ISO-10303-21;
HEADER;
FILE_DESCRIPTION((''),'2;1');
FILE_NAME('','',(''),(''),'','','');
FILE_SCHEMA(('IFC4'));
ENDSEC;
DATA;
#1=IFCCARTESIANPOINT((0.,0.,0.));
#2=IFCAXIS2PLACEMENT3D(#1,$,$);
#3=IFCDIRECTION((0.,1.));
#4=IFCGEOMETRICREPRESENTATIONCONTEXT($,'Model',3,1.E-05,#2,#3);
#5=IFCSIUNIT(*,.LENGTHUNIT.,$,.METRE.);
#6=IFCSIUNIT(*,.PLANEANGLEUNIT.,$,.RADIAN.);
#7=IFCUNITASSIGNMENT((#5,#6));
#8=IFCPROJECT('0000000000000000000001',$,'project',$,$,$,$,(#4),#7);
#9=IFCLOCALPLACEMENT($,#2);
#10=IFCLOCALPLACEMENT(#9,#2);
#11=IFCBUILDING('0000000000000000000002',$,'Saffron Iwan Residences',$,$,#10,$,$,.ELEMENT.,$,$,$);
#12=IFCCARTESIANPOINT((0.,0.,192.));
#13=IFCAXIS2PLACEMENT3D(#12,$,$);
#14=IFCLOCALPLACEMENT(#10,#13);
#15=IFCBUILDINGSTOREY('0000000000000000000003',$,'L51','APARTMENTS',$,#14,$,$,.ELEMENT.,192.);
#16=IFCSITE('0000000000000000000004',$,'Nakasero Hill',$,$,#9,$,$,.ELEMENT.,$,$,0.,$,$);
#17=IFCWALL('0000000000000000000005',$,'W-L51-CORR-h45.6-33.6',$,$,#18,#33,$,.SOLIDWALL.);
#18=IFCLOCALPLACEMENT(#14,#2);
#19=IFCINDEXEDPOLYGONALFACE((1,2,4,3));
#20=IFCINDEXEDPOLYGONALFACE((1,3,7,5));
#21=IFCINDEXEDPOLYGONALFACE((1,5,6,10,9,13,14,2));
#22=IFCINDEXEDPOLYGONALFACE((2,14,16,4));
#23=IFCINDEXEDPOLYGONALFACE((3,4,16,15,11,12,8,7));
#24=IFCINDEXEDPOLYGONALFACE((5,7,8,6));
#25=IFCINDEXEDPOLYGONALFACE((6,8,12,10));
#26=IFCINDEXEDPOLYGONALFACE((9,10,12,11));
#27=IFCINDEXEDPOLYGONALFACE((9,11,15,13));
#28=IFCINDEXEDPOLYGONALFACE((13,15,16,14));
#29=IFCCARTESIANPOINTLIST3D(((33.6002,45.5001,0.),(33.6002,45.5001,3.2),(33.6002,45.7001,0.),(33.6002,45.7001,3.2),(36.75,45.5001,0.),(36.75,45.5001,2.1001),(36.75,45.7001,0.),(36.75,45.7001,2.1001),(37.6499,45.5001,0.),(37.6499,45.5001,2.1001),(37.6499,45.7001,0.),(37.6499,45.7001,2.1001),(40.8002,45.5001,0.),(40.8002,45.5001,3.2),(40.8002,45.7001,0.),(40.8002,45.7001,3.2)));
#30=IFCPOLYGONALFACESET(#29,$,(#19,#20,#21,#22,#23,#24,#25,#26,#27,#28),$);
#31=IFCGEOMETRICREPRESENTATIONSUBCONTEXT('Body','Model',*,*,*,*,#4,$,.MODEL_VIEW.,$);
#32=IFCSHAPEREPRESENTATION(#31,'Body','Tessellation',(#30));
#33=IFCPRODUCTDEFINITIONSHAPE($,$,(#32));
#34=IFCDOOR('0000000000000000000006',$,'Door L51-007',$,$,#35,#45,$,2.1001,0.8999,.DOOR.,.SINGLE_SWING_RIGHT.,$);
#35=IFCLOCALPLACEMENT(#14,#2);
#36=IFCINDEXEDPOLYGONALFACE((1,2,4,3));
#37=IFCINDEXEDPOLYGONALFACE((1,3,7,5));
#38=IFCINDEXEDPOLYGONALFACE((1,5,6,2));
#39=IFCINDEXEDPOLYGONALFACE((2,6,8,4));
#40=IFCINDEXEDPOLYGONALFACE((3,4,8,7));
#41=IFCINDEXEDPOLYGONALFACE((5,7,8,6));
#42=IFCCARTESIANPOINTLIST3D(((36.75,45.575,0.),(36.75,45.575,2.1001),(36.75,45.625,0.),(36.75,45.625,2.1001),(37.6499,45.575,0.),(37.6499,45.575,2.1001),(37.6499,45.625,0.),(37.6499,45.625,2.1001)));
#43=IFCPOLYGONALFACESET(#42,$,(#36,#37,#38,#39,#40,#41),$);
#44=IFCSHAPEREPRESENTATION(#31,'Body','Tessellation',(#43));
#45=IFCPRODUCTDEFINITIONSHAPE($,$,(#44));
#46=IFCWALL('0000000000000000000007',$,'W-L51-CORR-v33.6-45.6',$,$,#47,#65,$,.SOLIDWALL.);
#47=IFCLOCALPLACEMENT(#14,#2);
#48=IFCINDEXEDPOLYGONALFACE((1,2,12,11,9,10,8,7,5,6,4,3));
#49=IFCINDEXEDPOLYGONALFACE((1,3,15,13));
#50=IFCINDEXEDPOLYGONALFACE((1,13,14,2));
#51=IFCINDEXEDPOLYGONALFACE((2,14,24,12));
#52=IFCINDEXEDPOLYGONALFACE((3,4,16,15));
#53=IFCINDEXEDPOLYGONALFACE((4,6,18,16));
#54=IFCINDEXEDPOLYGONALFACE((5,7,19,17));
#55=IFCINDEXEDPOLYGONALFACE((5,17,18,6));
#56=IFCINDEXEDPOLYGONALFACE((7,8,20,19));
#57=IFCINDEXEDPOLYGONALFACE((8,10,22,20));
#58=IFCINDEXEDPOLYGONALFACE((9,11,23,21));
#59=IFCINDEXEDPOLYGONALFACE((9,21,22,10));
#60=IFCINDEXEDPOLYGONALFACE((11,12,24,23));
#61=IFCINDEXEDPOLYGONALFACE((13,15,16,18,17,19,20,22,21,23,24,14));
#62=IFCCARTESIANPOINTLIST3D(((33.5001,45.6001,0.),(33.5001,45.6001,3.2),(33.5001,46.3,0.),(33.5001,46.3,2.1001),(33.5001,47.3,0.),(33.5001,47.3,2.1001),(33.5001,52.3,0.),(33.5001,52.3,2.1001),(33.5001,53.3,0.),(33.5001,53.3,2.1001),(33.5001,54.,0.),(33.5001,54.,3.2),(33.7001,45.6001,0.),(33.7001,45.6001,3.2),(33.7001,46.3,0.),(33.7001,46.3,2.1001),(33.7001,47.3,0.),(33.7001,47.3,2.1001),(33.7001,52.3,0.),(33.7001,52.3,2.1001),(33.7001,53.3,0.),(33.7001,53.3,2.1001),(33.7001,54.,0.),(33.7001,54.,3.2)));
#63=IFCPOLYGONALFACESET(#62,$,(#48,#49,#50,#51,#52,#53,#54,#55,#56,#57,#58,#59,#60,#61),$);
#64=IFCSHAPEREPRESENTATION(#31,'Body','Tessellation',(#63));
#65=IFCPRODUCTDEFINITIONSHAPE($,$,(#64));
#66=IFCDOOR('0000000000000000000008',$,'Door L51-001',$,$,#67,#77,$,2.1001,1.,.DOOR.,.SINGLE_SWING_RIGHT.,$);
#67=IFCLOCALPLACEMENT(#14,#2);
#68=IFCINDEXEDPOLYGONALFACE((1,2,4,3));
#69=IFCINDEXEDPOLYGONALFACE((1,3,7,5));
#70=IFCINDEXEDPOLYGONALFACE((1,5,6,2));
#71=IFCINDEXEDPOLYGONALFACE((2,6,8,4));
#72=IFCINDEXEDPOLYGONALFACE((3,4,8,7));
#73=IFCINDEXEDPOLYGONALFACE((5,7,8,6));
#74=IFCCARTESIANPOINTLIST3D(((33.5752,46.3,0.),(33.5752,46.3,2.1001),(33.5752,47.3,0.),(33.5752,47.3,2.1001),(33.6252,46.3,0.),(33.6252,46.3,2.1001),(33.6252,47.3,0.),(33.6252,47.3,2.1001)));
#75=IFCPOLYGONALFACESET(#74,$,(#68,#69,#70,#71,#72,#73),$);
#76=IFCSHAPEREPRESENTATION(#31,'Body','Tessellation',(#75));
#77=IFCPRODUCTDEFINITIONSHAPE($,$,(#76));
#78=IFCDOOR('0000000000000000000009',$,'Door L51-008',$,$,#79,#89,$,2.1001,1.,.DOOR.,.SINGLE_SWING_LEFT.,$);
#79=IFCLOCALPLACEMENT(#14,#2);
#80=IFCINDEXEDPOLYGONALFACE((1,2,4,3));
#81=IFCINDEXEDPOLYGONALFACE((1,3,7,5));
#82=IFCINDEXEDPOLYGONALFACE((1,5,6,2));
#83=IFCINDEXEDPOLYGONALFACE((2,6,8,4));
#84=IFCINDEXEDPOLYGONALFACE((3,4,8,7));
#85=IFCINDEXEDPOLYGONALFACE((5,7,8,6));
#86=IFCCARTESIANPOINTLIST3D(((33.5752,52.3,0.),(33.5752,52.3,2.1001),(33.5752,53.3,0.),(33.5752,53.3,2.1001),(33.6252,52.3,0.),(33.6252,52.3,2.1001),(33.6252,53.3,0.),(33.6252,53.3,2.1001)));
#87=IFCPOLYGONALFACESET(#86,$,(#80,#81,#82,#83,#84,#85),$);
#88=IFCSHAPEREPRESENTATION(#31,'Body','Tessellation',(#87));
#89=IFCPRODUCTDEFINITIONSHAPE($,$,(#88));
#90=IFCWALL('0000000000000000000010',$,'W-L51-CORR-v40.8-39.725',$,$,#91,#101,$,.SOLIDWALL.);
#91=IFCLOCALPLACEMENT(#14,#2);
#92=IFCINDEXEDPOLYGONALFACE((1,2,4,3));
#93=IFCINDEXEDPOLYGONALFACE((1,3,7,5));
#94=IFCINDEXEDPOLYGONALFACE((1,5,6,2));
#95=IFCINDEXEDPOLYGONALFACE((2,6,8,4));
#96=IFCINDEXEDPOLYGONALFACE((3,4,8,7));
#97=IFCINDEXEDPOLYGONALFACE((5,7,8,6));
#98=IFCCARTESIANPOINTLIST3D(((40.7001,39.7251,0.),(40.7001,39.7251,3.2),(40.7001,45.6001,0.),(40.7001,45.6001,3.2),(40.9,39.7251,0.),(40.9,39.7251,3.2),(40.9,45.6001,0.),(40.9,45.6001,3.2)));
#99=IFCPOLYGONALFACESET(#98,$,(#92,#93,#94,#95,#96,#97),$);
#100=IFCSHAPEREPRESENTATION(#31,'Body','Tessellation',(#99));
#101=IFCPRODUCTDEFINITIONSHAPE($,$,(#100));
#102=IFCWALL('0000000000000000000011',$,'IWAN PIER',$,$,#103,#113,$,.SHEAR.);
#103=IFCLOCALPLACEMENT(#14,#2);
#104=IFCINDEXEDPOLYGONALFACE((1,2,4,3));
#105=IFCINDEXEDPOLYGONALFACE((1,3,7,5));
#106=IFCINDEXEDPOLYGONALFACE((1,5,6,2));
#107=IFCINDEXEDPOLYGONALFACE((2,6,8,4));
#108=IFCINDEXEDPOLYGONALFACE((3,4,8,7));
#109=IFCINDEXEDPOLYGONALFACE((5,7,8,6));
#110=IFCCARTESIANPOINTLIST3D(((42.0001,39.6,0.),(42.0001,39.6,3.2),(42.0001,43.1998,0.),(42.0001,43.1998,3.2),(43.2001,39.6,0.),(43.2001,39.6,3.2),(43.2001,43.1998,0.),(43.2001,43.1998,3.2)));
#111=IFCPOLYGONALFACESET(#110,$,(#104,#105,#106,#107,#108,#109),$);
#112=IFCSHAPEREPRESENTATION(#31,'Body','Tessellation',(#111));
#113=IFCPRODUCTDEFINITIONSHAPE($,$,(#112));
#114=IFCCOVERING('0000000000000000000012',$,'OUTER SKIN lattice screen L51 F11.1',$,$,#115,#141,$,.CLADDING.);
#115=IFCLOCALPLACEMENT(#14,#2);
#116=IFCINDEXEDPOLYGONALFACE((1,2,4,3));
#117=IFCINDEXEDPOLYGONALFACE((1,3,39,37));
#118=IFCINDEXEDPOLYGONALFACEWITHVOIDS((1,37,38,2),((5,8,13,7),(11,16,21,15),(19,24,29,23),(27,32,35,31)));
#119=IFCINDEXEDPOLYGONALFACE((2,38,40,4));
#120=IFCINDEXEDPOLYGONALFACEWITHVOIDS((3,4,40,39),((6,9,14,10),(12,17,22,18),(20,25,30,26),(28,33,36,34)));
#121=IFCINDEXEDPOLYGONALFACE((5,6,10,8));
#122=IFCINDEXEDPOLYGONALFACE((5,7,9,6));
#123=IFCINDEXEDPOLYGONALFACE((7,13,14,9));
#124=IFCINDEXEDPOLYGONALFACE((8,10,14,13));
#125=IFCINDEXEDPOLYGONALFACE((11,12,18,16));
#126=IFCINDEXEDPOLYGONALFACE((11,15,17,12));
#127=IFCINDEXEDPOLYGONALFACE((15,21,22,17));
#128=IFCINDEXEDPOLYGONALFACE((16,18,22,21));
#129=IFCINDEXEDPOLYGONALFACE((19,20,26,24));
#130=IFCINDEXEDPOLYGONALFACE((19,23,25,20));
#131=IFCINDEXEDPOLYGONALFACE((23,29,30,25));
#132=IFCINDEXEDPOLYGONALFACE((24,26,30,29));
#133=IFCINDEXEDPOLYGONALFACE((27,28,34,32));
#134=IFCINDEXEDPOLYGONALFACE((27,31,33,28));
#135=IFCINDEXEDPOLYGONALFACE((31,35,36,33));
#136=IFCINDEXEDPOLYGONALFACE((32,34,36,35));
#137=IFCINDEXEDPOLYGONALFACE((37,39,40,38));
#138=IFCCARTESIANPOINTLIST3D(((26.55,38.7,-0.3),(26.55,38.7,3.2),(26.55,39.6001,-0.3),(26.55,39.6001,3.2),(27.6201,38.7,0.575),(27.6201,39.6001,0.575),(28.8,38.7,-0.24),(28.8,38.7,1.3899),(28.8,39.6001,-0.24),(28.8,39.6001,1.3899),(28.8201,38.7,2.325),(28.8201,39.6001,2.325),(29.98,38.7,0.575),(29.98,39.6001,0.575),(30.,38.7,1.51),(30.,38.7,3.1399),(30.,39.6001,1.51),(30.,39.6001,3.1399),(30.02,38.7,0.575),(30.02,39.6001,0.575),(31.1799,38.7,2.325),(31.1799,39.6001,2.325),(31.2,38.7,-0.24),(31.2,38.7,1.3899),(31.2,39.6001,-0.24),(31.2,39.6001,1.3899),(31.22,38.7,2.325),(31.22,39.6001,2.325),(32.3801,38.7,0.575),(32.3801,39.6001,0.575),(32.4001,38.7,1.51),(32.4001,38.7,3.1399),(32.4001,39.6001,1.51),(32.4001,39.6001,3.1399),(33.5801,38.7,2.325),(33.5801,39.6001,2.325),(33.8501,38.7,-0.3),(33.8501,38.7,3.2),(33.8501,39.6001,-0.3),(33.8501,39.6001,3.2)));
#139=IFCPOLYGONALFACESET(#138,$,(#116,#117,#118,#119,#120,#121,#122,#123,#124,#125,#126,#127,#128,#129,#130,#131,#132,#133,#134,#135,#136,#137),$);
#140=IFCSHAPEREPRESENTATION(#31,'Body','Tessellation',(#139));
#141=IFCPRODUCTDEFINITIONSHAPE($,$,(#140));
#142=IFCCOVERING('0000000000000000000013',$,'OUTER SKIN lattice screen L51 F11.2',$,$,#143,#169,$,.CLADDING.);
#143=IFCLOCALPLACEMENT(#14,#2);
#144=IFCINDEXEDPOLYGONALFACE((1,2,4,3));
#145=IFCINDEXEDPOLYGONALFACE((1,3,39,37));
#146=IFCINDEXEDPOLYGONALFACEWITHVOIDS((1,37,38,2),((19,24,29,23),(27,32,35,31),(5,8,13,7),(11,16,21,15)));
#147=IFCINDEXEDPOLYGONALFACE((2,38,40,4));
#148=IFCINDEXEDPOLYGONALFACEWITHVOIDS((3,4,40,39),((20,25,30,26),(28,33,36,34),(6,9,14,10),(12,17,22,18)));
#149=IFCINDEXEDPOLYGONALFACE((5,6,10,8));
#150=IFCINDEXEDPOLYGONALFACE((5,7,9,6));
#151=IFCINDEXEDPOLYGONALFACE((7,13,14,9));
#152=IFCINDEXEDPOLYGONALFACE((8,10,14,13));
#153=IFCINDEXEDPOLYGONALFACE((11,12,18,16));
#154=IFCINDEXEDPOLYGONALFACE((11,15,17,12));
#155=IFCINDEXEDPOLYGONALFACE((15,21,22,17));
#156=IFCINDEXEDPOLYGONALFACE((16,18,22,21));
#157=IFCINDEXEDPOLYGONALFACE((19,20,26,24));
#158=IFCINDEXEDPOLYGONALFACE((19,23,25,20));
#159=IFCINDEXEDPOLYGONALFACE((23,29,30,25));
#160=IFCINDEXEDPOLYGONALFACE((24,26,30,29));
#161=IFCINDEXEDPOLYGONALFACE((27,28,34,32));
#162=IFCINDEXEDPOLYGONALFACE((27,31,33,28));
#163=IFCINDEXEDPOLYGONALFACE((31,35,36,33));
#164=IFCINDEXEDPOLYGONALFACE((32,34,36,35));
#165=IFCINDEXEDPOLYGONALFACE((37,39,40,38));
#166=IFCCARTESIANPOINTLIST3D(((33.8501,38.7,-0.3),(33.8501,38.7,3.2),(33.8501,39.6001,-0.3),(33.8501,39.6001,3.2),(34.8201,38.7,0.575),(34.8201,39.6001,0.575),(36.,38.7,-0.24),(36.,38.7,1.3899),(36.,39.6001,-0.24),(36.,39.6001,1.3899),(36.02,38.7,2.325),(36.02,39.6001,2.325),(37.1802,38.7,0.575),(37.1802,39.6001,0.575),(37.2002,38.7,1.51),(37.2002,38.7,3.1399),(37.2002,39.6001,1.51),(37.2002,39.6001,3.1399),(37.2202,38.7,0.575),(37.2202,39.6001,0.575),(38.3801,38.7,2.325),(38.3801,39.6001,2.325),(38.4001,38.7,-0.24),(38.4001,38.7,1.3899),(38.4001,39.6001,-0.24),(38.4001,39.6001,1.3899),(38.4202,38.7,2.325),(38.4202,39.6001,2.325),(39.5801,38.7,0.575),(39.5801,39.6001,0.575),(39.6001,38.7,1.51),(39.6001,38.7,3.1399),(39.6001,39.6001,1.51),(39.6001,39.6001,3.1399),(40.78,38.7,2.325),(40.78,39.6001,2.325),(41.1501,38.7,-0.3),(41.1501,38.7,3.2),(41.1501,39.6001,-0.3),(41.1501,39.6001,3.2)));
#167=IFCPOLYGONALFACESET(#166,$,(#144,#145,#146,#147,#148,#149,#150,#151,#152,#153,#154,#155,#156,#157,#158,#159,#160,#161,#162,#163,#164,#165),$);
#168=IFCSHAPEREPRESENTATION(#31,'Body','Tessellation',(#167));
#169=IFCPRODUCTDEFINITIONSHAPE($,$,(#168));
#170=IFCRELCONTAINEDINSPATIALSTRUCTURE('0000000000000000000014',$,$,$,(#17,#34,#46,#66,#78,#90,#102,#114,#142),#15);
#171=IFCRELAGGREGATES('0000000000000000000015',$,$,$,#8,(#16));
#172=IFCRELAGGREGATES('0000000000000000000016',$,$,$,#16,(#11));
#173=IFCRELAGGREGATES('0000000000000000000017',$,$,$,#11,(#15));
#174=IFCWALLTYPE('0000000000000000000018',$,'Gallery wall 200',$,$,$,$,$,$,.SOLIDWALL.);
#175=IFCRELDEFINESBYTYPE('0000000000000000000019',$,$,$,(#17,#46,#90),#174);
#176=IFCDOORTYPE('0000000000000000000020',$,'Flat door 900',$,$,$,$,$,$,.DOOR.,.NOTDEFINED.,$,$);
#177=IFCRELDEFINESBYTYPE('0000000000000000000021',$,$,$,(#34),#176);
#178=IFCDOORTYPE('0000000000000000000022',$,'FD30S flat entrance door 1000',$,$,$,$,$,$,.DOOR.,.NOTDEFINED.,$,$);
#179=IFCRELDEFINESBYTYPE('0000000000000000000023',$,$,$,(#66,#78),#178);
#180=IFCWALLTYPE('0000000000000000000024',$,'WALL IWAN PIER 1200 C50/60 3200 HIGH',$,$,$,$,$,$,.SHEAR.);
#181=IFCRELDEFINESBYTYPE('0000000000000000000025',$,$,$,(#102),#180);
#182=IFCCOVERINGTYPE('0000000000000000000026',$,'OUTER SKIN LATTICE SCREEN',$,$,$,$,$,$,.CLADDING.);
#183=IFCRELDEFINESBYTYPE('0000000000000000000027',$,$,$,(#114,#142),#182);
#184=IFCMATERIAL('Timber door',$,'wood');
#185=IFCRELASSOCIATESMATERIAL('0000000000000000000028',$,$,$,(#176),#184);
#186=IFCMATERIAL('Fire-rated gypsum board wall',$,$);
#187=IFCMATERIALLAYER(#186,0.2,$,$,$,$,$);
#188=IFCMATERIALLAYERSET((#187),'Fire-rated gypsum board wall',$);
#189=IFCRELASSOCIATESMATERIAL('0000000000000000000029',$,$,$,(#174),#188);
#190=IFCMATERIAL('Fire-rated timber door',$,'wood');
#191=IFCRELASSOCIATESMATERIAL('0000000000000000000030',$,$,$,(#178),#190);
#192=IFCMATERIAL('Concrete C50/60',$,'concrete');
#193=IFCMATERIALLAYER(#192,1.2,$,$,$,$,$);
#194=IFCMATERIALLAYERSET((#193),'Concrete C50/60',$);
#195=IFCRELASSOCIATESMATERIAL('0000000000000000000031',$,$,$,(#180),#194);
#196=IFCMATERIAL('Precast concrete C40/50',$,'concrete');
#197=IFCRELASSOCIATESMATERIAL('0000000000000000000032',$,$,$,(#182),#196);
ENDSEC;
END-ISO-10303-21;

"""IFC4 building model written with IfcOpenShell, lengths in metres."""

from ifc_helpers import new_model, si_unit, direction, frame, frame_2d, origin, place, context, subcontext, project, spatial, polyline, rectangle, outline, extrude, material, layer, layer_set, type_object, element, fill, save


model = new_model("IFC4")

# Units and contexts
model_context = context("Model", 3, precision=1e-05, world=origin(), true_north=direction((0.0, 1.0)))
body_context = subcontext(model_context, "Body", "Model", "MODEL_VIEW")
ifc_project = project(units=[si_unit("LENGTHUNIT", "METRE"), si_unit("PLANEANGLEUNIT", "RADIAN")], contexts=[model_context])

# Site, building, storey
site_placement = place(None, origin())
site = spatial("IfcSite", under=ifc_project, at=site_placement, Name="Nakasero Hill", CompositionType="ELEMENT", RefElevation=0.0)
building_placement = place(site_placement, origin())
building = spatial("IfcBuilding", under=site, at=building_placement, Name="Saffron Iwan Residences", CompositionType="ELEMENT")
storey_placement = place(building_placement, frame((0.0, 0.0, 192.0)))
storey = spatial("IfcBuildingStorey", under=building, at=storey_placement, Name="L51", Description="APARTMENTS", CompositionType="ELEMENT", Elevation=192.0)

# Shared definitions
ifc_material_1 = material(Name="Concrete C50/60", Category="concrete")

# Shared definitions
ifc_material_2 = material(Name="Timber door", Category="wood")
door_type_1 = type_object("IfcDoorType", Name="Flat door 900", OperationType="NOTDEFINED", PredefinedType="DOOR", material=ifc_material_2)

# Wall, opening, door
ifc_material_3 = material(Name="Fire-rated gypsum board wall")
ifc_layer_1 = layer(ifc_material_3, 0.2)
ifc_layer_set_1 = layer_set([ifc_layer_1], Name="Fire-rated gypsum board wall")
wall_type_1 = type_object("IfcWallType", Name="Gallery wall 200", PredefinedType="SOLIDWALL", material=ifc_layer_set_1)
wall_1_placement = place(storey_placement, frame((33.6001, 45.6001, 0.0), z_axis=(0.0, 0.0, 1.0), x_axis=(1.0, 0.0, 0.0)))
wall_1 = element("IfcWall", 1, at=wall_1_placement, inside=storey, type_object=wall_type_1, Name="W-L51-CORR-h45.6-33.6", PredefinedType="SOLIDWALL", context=body_context, shape_type="SweptSolid", body=[
    extrude(rectangle(XDim=7.2, YDim=0.2, at=frame_2d((3.6001, 0.0))), origin(), (0.0, 0.0, 1.0), 3.2),
])
opening_1_placement = place(wall_1_placement, frame((3.1499, 0.0, 0.0)))
opening_1 = element("IfcOpeningElement", 2, at=opening_1_placement, cuts=wall_1, PredefinedType="OPENING", context=body_context, shape_type="SweptSolid", body=[
    extrude(rectangle(XDim=0.8999, YDim=2.1001, at=frame_2d((0.45, 1.05))), frame((0.0, 0.1099, 0.0), z_axis=(0.0, -1.0, 0.0), x_axis=(1.0, 0.0, 0.0)), (0.0, 0.0, 1.0), 0.22),
])
door_1_placement = place(opening_1_placement, origin())
door_1 = element("IfcDoor", 3, at=door_1_placement, inside=storey, type_object=door_type_1, Name="Door L51-007", OperationType="SINGLE_SWING_RIGHT", OverallHeight=2.1001, OverallWidth=0.8999, PredefinedType="DOOR", context=body_context, shape_type="SweptSolid", body=[
    extrude(rectangle(XDim=0.8999, YDim=2.1001, at=frame_2d((0.45, 1.05))), frame((0.0, 0.0249, 0.0), z_axis=(0.0, -1.0, 0.0), x_axis=(1.0, 0.0, 0.0)), (0.0, 0.0, 1.0), 0.05),
])
fill(opening_1, door_1)

# Wall, openings, doors
wall_2_placement = place(storey_placement, frame((33.6001, 45.6001, 0.0), z_axis=(0.0, 0.0, 1.0), x_axis=(0.0, 1.0, 0.0)))
wall_2 = element("IfcWall", 4, at=wall_2_placement, inside=storey, type_object=wall_type_1, Name="W-L51-CORR-v33.6-45.6", PredefinedType="SOLIDWALL", context=body_context, shape_type="SweptSolid", body=[
    extrude(rectangle(XDim=8.3999, YDim=0.2, at=frame_2d((4.2, 0.0))), origin(), (0.0, 0.0, 1.0), 3.2),
])
opening_2_placement = place(wall_2_placement, frame((0.7, 0.0, 0.0)))
opening_2 = element("IfcOpeningElement", 5, at=opening_2_placement, cuts=wall_2, PredefinedType="OPENING", context=body_context, shape_type="SweptSolid", body=[
    extrude(rectangle(XDim=1.0, YDim=2.1001, at=frame_2d((0.5, 1.05))), frame((0.0, 0.1099, 0.0), z_axis=(0.0, -1.0, 0.0), x_axis=(1.0, 0.0, 0.0)), (0.0, 0.0, 1.0), 0.22),
])
opening_3_placement = place(wall_2_placement, frame((6.7, 0.0, 0.0)))
opening_3 = element("IfcOpeningElement", 6, at=opening_3_placement, cuts=wall_2, PredefinedType="OPENING", context=body_context, shape_type="SweptSolid", body=[
    extrude(rectangle(XDim=1.0, YDim=2.1001, at=frame_2d((0.5, 1.05))), frame((0.0, 0.1099, 0.0), z_axis=(0.0, -1.0, 0.0), x_axis=(1.0, 0.0, 0.0)), (0.0, 0.0, 1.0), 0.22),
])
ifc_material_4 = material(Name="Fire-rated timber door", Category="wood")
door_type_2 = type_object("IfcDoorType", Name="FD30S flat entrance door 1000", OperationType="NOTDEFINED", PredefinedType="DOOR", material=ifc_material_4)
door_2_placement = place(opening_2_placement, origin())
door_2 = element("IfcDoor", 7, at=door_2_placement, inside=storey, type_object=door_type_2, Name="Door L51-001", OperationType="SINGLE_SWING_RIGHT", OverallHeight=2.1001, OverallWidth=1.0, PredefinedType="DOOR", context=body_context, shape_type="SweptSolid", body=[
    extrude(rectangle(XDim=1.0, YDim=2.1001, at=frame_2d((0.5, 1.05))), frame((0.0, 0.0249, 0.0), z_axis=(0.0, -1.0, 0.0), x_axis=(1.0, 0.0, 0.0)), (0.0, 0.0, 1.0), 0.05),
])
fill(opening_2, door_2)
door_3_placement = place(opening_3_placement, origin())
door_3 = element("IfcDoor", 8, at=door_3_placement, inside=storey, type_object=door_type_2, Name="Door L51-008", OperationType="SINGLE_SWING_LEFT", OverallHeight=2.1001, OverallWidth=1.0, PredefinedType="DOOR", context=body_context, shape_type="SweptSolid", body=[
    extrude(rectangle(XDim=1.0, YDim=2.1001, at=frame_2d((0.5, 1.05))), frame((0.0, 0.0249, 0.0), z_axis=(0.0, -1.0, 0.0), x_axis=(1.0, 0.0, 0.0)), (0.0, 0.0, 1.0), 0.05),
])
fill(opening_3, door_3)

# Walls
wall_3_placement = place(storey_placement, frame((40.8, 39.7251, 0.0), z_axis=(0.0, 0.0, 1.0), x_axis=(0.0, 1.0, 0.0)))
element("IfcWall", 9, at=wall_3_placement, inside=storey, type_object=wall_type_1, Name="W-L51-CORR-v40.8-39.725", PredefinedType="SOLIDWALL", context=body_context, shape_type="SweptSolid", body=[
    extrude(rectangle(XDim=5.875, YDim=0.2, at=frame_2d((2.9375, 0.0))), origin(), (0.0, 0.0, 1.0), 3.2),
])
ifc_layer_2 = layer(ifc_material_1, 1.2)
ifc_layer_set_2 = layer_set([ifc_layer_2], Name="Concrete C50/60")
wall_type_2 = type_object("IfcWallType", Name="WALL IWAN PIER 1200 C50/60 3200 HIGH", PredefinedType="SHEAR", material=ifc_layer_set_2)
wall_4_placement = place(storey_placement, frame((42.6001, 39.6001, 0.0), z_axis=(0.0, 0.0, 1.0), x_axis=(0.0, 1.0, 0.0)))
element("IfcWall", 10, at=wall_4_placement, inside=storey, type_object=wall_type_2, Name="IWAN PIER", PredefinedType="SHEAR", context=body_context, shape_type="SweptSolid", body=[
    extrude(rectangle(XDim=3.5999, YDim=1.2, at=frame_2d((1.7998, 0.0))), origin(), (0.0, 0.0, 1.0), 3.2),
])

# Coverings
ifc_material_5 = material(Name="Precast concrete C40/50", Category="concrete")
covering_type = type_object("IfcCoveringType", Name="OUTER SKIN LATTICE SCREEN", PredefinedType="CLADDING", material=ifc_material_5)
covering_1_placement = place(storey_placement, frame((26.55, 39.6001, -0.3), z_axis=(0.0, -1.0, 0.0), x_axis=(1.0, 0.0, 0.0)))
element("IfcCovering", 11, at=covering_1_placement, inside=storey, type_object=covering_type, Name="OUTER SKIN lattice screen L51 F11.1", PredefinedType="CLADDING", context=body_context, shape_type="SweptSolid", body=[
    extrude(outline(polyline([(0.0, 0.0), (7.3, 0.0), (7.3, 3.5), (0.0, 3.5), (0.0, 0.0)]), holes=[polyline([(1.0701, 0.875), (2.25, 0.0601), (3.4299, 0.875), (2.25, 1.6899), (1.0701, 0.875)]), polyline([(3.47, 0.875), (4.6499, 0.0601), (5.8301, 0.875), (4.6499, 1.6899), (3.47, 0.875)]), polyline([(2.27, 2.625), (3.45, 1.8101), (4.6299, 2.625), (3.45, 3.4399), (2.27, 2.625)]), polyline([(4.6699, 2.625), (5.8501, 1.8101), (7.03, 2.625), (5.8501, 3.4399), (4.6699, 2.625)])]), origin(), (0.0, 0.0, 1.0), 0.9001),
])
covering_2_placement = place(storey_placement, frame((33.8501, 39.6001, -0.3), z_axis=(0.0, -1.0, 0.0), x_axis=(1.0, 0.0, 0.0)))
element("IfcCovering", 12, at=covering_2_placement, inside=storey, type_object=covering_type, Name="OUTER SKIN lattice screen L51 F11.2", PredefinedType="CLADDING", context=body_context, shape_type="SweptSolid", body=[
    extrude(outline(polyline([(0.0, 0.0), (7.3, 0.0), (7.3, 3.5), (0.0, 3.5), (0.0, 0.0)]), holes=[polyline([(0.97, 0.875), (2.1499, 0.0601), (3.3301, 0.875), (2.1499, 1.6899), (0.97, 0.875)]), polyline([(3.3701, 0.875), (4.55, 0.0601), (5.73, 0.875), (4.55, 1.6899), (3.3701, 0.875)]), polyline([(2.1699, 2.625), (3.3501, 1.8101), (4.53, 2.625), (3.3501, 3.4399), (2.1699, 2.625)]), polyline([(4.5701, 2.625), (5.75, 1.8101), (6.9299, 2.625), (5.75, 3.4399), (4.5701, 2.625)])]), origin(), (0.0, 0.0, 1.0), 0.9001),
])

save(model, "model.ifc")
